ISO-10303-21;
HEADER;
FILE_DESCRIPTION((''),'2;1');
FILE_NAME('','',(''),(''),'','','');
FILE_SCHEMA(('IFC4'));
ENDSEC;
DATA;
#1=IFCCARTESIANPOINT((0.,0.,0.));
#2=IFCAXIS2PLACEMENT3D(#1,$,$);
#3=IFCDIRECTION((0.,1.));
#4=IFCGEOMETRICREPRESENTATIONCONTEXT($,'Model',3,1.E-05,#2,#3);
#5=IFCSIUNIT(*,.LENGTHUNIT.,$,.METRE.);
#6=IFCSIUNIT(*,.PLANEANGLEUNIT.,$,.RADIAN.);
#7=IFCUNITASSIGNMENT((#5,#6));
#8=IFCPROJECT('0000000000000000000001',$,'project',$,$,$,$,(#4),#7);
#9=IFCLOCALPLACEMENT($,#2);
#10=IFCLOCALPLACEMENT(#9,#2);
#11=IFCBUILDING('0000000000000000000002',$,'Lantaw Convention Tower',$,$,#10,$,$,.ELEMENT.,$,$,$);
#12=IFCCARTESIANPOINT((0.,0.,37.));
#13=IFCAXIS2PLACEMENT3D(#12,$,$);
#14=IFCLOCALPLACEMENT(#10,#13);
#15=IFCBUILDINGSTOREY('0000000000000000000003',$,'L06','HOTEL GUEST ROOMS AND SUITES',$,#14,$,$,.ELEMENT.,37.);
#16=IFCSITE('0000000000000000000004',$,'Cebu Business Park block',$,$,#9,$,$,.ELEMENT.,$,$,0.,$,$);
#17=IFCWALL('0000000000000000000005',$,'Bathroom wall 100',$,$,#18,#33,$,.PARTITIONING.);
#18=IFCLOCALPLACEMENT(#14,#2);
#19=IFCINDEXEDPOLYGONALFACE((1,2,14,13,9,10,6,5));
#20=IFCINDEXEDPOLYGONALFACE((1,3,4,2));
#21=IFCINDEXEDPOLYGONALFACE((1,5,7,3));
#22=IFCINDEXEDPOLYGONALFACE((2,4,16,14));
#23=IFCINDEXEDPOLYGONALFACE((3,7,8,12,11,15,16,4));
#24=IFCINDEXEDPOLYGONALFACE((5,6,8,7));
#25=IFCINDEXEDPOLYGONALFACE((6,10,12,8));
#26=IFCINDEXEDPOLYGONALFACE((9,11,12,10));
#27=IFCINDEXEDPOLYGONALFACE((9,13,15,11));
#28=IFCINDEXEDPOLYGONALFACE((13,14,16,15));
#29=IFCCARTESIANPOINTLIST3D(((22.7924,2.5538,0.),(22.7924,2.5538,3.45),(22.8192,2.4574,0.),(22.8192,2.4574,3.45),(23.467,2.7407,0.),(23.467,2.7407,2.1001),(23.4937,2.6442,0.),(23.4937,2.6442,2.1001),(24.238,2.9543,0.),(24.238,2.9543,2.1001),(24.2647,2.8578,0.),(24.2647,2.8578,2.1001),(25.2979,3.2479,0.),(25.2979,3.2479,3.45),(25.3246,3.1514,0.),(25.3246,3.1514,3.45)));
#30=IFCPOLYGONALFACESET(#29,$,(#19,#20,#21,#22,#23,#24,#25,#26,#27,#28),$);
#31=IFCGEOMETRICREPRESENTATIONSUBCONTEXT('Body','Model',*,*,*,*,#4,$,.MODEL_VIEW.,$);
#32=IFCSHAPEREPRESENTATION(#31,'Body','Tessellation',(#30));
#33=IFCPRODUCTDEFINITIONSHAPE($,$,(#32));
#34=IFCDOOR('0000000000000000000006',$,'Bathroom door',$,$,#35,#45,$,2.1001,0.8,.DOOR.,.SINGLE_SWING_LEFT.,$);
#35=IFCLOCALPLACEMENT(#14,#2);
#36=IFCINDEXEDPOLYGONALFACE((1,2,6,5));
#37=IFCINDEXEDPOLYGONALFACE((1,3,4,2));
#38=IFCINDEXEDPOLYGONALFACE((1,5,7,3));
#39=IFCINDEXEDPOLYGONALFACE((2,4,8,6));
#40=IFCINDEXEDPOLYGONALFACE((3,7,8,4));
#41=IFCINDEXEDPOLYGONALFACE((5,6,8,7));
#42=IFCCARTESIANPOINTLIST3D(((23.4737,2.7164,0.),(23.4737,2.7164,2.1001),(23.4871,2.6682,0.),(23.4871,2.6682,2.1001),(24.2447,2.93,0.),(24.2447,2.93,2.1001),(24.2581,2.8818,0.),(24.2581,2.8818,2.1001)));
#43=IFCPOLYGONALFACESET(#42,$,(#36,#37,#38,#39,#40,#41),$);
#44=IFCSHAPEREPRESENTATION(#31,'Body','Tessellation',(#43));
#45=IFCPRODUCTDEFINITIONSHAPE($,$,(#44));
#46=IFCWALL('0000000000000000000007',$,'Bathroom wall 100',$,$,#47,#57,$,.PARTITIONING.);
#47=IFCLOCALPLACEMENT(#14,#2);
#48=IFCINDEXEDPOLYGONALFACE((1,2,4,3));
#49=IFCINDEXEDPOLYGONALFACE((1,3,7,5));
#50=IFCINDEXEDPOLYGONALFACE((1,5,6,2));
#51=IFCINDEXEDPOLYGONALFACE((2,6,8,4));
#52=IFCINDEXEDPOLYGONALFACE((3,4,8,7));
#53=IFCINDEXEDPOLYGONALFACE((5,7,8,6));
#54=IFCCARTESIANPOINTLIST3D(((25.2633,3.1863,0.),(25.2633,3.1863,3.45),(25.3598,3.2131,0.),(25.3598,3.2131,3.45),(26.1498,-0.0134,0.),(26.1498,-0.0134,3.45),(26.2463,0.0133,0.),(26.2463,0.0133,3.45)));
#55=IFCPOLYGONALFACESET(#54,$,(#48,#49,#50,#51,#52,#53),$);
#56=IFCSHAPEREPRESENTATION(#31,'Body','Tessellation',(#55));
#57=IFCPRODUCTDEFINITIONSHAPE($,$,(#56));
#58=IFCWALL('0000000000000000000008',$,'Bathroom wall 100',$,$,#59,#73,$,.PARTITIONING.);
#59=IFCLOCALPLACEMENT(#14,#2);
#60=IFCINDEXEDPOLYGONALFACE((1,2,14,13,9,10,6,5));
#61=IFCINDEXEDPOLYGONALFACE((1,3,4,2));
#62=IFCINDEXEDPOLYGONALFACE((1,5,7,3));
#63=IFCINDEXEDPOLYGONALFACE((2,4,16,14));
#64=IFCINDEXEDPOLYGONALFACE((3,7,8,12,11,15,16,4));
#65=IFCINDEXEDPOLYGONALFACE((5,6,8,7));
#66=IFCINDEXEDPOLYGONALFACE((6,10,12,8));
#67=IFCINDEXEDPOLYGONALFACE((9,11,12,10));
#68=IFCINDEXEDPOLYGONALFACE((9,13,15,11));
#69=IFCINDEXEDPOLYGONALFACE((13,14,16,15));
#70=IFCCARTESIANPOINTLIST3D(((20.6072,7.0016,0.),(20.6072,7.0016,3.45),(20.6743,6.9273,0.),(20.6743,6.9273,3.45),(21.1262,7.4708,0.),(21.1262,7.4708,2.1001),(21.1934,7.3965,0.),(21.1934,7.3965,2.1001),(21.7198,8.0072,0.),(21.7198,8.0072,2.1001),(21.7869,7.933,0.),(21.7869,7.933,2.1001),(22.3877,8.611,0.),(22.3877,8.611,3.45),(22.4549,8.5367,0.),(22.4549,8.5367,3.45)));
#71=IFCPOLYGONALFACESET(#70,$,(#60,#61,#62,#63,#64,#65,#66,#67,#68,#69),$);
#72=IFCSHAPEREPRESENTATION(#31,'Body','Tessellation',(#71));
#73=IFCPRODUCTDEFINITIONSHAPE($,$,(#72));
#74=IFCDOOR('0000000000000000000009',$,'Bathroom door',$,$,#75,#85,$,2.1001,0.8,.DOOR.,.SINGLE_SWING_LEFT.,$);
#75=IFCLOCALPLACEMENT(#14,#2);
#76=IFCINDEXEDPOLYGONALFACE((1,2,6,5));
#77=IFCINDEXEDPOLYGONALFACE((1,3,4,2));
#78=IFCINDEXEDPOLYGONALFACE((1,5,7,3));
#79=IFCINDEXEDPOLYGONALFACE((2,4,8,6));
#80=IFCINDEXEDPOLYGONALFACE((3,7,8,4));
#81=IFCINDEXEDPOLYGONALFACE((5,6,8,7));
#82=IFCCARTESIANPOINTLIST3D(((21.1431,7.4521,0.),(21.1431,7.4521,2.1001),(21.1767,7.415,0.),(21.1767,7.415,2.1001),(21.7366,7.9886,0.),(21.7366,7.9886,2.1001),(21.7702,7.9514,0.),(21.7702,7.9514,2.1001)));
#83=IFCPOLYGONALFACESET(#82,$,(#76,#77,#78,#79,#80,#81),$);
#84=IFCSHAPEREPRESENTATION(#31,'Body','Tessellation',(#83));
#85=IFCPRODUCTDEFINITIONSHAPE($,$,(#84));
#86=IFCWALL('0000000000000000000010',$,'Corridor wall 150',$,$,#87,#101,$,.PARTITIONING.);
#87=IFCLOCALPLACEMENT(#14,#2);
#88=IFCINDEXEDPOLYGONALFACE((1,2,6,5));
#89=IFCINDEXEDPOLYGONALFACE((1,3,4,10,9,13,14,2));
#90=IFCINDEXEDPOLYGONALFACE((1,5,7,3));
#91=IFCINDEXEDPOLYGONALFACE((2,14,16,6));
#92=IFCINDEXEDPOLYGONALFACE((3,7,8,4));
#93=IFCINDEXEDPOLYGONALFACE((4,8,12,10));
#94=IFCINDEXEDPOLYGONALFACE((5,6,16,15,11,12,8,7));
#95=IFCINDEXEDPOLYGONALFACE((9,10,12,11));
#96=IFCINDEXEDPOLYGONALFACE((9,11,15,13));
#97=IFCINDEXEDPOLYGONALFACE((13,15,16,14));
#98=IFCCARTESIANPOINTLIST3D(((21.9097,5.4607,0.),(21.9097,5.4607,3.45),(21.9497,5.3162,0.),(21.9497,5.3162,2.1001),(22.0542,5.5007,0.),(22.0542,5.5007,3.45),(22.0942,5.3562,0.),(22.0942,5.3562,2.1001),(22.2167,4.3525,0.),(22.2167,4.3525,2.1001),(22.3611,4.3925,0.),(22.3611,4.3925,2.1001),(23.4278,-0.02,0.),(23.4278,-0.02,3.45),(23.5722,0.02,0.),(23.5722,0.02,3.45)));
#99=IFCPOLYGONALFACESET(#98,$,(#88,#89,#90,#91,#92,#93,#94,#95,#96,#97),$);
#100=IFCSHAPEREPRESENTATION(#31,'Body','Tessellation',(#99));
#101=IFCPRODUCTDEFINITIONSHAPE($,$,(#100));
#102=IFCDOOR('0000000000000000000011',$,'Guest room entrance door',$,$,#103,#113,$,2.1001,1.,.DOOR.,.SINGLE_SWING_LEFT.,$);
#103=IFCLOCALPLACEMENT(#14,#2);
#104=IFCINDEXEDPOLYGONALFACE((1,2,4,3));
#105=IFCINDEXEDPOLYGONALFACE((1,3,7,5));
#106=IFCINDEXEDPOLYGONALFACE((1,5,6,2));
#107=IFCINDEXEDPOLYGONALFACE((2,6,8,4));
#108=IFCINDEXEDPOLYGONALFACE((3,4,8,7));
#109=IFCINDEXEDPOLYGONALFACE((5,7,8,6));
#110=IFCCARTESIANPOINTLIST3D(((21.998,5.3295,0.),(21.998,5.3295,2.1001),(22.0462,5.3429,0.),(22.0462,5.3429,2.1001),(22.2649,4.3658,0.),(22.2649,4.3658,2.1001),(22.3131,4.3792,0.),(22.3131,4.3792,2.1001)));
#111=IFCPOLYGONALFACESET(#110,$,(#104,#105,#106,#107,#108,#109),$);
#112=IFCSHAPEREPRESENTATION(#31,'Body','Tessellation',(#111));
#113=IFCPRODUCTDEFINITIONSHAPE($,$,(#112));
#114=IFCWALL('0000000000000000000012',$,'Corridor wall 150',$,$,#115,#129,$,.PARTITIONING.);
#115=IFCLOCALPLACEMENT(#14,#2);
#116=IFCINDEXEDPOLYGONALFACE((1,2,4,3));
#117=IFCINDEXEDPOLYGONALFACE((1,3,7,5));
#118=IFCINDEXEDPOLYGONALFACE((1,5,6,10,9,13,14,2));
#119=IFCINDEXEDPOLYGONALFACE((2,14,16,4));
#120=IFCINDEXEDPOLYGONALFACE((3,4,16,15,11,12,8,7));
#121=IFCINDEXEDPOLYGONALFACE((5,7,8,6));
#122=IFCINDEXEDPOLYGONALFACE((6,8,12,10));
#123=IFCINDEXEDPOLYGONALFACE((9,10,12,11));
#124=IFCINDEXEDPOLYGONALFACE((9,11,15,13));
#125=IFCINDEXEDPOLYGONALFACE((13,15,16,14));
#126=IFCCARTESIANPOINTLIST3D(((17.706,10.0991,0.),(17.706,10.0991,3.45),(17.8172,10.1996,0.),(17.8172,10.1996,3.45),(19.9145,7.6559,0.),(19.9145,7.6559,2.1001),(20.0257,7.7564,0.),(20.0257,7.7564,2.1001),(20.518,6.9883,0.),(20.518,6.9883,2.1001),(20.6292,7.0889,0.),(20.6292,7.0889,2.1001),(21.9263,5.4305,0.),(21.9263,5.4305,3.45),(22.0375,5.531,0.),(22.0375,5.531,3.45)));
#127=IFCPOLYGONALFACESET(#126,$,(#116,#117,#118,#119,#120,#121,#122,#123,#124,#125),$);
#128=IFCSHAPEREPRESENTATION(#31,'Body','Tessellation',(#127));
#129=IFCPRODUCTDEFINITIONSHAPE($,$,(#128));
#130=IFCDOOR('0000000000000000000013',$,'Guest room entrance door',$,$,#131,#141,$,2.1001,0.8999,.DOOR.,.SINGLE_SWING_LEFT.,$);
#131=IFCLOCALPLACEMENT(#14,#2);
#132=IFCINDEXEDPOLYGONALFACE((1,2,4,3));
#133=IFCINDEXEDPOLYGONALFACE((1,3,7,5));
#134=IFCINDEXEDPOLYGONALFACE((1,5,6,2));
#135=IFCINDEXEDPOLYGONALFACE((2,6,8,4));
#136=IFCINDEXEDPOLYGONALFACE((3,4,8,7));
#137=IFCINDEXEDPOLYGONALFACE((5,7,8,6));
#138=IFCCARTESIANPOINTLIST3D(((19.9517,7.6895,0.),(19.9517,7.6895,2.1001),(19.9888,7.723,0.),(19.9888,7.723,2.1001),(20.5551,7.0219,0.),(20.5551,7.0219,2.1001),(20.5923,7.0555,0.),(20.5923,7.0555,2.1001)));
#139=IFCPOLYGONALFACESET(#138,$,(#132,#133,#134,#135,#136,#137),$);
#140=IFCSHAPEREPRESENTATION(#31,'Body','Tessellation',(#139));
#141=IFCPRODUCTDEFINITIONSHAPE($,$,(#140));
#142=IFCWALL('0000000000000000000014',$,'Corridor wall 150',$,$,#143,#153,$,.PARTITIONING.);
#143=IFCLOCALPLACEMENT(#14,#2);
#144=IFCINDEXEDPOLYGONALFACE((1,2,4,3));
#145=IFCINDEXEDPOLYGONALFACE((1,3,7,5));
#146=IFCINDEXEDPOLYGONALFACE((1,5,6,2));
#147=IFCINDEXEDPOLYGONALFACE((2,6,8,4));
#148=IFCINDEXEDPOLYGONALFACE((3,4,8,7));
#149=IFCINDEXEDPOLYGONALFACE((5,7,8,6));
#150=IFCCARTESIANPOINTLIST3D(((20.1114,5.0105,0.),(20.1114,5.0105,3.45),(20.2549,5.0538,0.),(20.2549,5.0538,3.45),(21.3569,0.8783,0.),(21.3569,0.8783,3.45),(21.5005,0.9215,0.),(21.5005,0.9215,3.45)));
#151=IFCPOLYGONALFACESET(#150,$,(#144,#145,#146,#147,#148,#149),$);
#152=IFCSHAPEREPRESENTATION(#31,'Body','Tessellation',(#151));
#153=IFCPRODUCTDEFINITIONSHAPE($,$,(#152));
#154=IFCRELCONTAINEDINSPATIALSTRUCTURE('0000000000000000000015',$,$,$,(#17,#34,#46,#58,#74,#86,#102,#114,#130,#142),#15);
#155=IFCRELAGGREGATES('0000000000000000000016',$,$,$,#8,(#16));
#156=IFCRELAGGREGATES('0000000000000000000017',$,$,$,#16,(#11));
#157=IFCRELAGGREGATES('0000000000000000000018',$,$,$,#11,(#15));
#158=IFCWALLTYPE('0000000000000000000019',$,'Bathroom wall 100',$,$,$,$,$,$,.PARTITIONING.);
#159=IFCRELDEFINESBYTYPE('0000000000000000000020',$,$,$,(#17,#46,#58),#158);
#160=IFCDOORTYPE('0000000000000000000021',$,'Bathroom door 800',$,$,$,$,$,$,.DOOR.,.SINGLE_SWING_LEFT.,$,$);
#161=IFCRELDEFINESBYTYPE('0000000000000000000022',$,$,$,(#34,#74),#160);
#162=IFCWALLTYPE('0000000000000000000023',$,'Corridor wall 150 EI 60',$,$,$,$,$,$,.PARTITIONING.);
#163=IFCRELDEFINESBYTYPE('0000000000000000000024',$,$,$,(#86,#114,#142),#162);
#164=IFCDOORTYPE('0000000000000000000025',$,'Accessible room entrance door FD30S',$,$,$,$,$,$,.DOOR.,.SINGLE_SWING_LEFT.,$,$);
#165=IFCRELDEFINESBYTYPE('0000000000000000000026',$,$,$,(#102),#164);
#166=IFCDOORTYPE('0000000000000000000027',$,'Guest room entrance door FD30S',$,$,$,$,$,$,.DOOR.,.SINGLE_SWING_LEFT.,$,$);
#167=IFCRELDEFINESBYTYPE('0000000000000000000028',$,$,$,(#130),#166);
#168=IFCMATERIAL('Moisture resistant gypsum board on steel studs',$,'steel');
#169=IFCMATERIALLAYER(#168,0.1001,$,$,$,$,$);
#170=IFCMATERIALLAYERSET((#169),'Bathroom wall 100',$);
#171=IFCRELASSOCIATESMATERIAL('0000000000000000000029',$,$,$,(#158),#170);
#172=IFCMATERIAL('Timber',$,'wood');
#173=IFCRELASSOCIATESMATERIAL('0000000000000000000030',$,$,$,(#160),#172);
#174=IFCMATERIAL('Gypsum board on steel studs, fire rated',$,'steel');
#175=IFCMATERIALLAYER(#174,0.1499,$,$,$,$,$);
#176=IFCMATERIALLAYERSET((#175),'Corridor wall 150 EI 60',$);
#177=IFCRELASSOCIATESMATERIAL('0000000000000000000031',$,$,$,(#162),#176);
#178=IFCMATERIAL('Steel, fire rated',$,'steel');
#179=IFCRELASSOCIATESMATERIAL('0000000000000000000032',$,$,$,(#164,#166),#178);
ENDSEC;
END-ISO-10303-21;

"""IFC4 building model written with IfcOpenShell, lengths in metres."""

from ifc_helpers import new_model, si_unit, direction, frame, frame_2d, origin, place, context, subcontext, project, spatial, rectangle, extrude, material, layer, layer_set, type_object, element, fill, save


model = new_model("IFC4")

# Units and contexts
model_context = context("Model", 3, precision=1e-05, world=origin(), true_north=direction((0.0, 1.0)))
body_context = subcontext(model_context, "Body", "Model", "MODEL_VIEW")
ifc_project = project(units=[si_unit("LENGTHUNIT", "METRE"), si_unit("PLANEANGLEUNIT", "RADIAN")], contexts=[model_context])

# Site, building, storey
site_placement = place(None, origin())
site = spatial("IfcSite", under=ifc_project, at=site_placement, Name="Cebu Business Park block", CompositionType="ELEMENT", RefElevation=0.0)
building_placement = place(site_placement, origin())
building = spatial("IfcBuilding", under=site, at=building_placement, Name="Lantaw Convention Tower", CompositionType="ELEMENT")
storey_placement = place(building_placement, frame((0.0, 0.0, 37.0)))
storey = spatial("IfcBuildingStorey", under=building, at=storey_placement, Name="L06", Description="HOTEL GUEST ROOMS AND SUITES", CompositionType="ELEMENT", Elevation=37.0)

# Wall, opening, door
ifc_material_1 = material(Name="Moisture resistant gypsum board on steel studs", Category="steel")
ifc_layer_1 = layer(ifc_material_1, 0.1001)
ifc_layer_set_1 = layer_set([ifc_layer_1], Name="Bathroom wall 100")
wall_type_1 = type_object("IfcWallType", Name="Bathroom wall 100", PredefinedType="PARTITIONING", material=ifc_layer_set_1)
wall_1_placement = place(storey_placement, frame((22.8059, 2.5056, 0.0), z_axis=(0.0, 0.0, 1.0), x_axis=(0.963707, 0.266961, 0.0)))
wall_1 = element("IfcWall", 1, at=wall_1_placement, inside=storey, type_object=wall_type_1, Name="Bathroom wall 100", PredefinedType="PARTITIONING", context=body_context, shape_type="SweptSolid", body=[
    extrude(rectangle(XDim=2.5999, YDim=0.1001, at=frame_2d((1.2998, 0.0))), origin(), (0.0, 0.0, 1.0), 3.45),
])
opening_1_placement = place(wall_1_placement, frame((0.7, 0.0, 0.0)))
opening_1 = element("IfcOpeningElement", 2, at=opening_1_placement, cuts=wall_1, PredefinedType="OPENING", context=body_context, shape_type="SweptSolid", body=[
    extrude(rectangle(XDim=0.8, YDim=2.1001, at=frame_2d((0.3999, 1.05))), frame((0.0, 0.0601, 0.0), z_axis=(0.0, -1.0, 0.0), x_axis=(1.0, 0.0, 0.0)), (0.0, 0.0, 1.0), 0.1201),
])
ifc_material_2 = material(Name="Timber", Category="wood")
door_type_1 = type_object("IfcDoorType", Name="Bathroom door 800", OperationType="SINGLE_SWING_LEFT", PredefinedType="DOOR", material=ifc_material_2)
door_1_placement = place(opening_1_placement, origin())
door_1 = element("IfcDoor", 3, at=door_1_placement, inside=storey, type_object=door_type_1, Name="Bathroom door", OperationType="SINGLE_SWING_LEFT", OverallHeight=2.1001, OverallWidth=0.8, PredefinedType="DOOR", context=body_context, shape_type="SweptSolid", body=[
    extrude(rectangle(XDim=0.8, YDim=2.1001, at=frame_2d((0.3999, 1.05))), frame((0.0, 0.0249, 0.0), z_axis=(0.0, -1.0, 0.0), x_axis=(1.0, 0.0, 0.0)), (0.0, 0.0, 1.0), 0.05),
])
fill(opening_1, door_1)

# Wall
wall_2_placement = place(storey_placement, frame((25.3115, 3.1997, 0.0), z_axis=(0.0, 0.0, 1.0), x_axis=(0.266992, -0.963699, 0.0)))
element("IfcWall", 4, at=wall_2_placement, inside=storey, type_object=wall_type_1, Name="Bathroom wall 100", PredefinedType="PARTITIONING", context=body_context, shape_type="SweptSolid", body=[
    extrude(rectangle(XDim=3.3203, YDim=0.1001, at=frame_2d((1.6602, 0.0))), origin(), (0.0, 0.0, 1.0), 3.45),
])

# Walls, openings, doors
wall_3_placement = place(storey_placement, frame((20.6406, 6.9644, 0.0), z_axis=(0.0, 0.0, 1.0), x_axis=(0.741861, 0.670554, 0.0)))
wall_3 = element("IfcWall", 5, at=wall_3_placement, inside=storey, type_object=wall_type_1, Name="Bathroom wall 100", PredefinedType="PARTITIONING", context=body_context, shape_type="SweptSolid", body=[
    extrude(rectangle(XDim=2.4001, YDim=0.1001, at=frame_2d((1.2002, 0.0))), origin(), (0.0, 0.0, 1.0), 3.45),
])
opening_2_placement = place(wall_3_placement, frame((0.7, 0.0, 0.0)))
opening_2 = element("IfcOpeningElement", 6, at=opening_2_placement, cuts=wall_3, PredefinedType="OPENING", context=body_context, shape_type="SweptSolid", body=[
    extrude(rectangle(XDim=0.8, YDim=2.1001, at=frame_2d((0.3999, 1.05))), frame((0.0, 0.0601, 0.0), z_axis=(0.0, -1.0, 0.0), x_axis=(1.0, 0.0, 0.0)), (0.0, 0.0, 1.0), 0.1201),
])
door_2_placement = place(opening_2_placement, origin())
door_2 = element("IfcDoor", 7, at=door_2_placement, inside=storey, type_object=door_type_1, Name="Bathroom door", OperationType="SINGLE_SWING_LEFT", OverallHeight=2.1001, OverallWidth=0.8, PredefinedType="DOOR", context=body_context, shape_type="SweptSolid", body=[
    extrude(rectangle(XDim=0.8, YDim=2.1001, at=frame_2d((0.3999, 1.05))), frame((0.0, 0.0249, 0.0), z_axis=(0.0, -1.0, 0.0), x_axis=(1.0, 0.0, 0.0)), (0.0, 0.0, 1.0), 0.05),
])
fill(opening_2, door_2)
ifc_material_3 = material(Name="Gypsum board on steel studs, fire rated", Category="steel")
ifc_layer_2 = layer(ifc_material_3, 0.1499)
ifc_layer_set_2 = layer_set([ifc_layer_2], Name="Corridor wall 150 EI 60")
wall_type_2 = type_object("IfcWallType", Name="Corridor wall 150 EI 60", PredefinedType="PARTITIONING", material=ifc_layer_set_2)
wall_4_placement = place(storey_placement, frame((23.5, 0.0, 0.0), z_axis=(0.0, 0.0, 1.0), x_axis=(-0.266933, 0.963715, 0.0)))
wall_4 = element("IfcWall", 8, at=wall_4_placement, inside=storey, type_object=wall_type_2, Name="Corridor wall 150", PredefinedType="PARTITIONING", context=body_context, shape_type="SweptSolid", body=[
    extrude(rectangle(XDim=5.687, YDim=0.1499, at=frame_2d((2.8435, 0.0))), origin(), (0.0, 0.0, 1.0), 3.45),
])
opening_3_placement = place(wall_4_placement, frame((4.5371, 0.0, 0.0)))
opening_3 = element("IfcOpeningElement", 9, at=opening_3_placement, cuts=wall_4, PredefinedType="OPENING", context=body_context, shape_type="SweptSolid", body=[
    extrude(rectangle(XDim=1.0, YDim=2.1001, at=frame_2d((0.5, 1.05))), frame((0.0, 0.085, 0.0), z_axis=(0.0, -1.0, 0.0), x_axis=(1.0, 0.0, 0.0)), (0.0, 0.0, 1.0), 0.1699),
])
ifc_material_4 = material(Name="Steel, fire rated", Category="steel")
door_type_2 = type_object("IfcDoorType", Name="Accessible room entrance door FD30S", OperationType="SINGLE_SWING_LEFT", PredefinedType="DOOR", material=ifc_material_4)
door_3_placement = place(opening_3_placement, origin())
door_3 = element("IfcDoor", 10, at=door_3_placement, inside=storey, type_object=door_type_2, Name="Guest room entrance door", OperationType="SINGLE_SWING_LEFT", OverallHeight=2.1001, OverallWidth=1.0, PredefinedType="DOOR", context=body_context, shape_type="SweptSolid", body=[
    extrude(rectangle(XDim=1.0, YDim=2.1001, at=frame_2d((0.5, 1.05))), frame((0.0, 0.0249, 0.0), z_axis=(0.0, -1.0, 0.0), x_axis=(1.0, 0.0, 0.0)), (0.0, 0.0, 1.0), 0.05),
])
fill(opening_3, door_3)
wall_5_placement = place(storey_placement, frame((21.9819, 5.4807, 0.0), z_axis=(0.0, 0.0, 1.0), x_axis=(-0.670598, 0.741821, 0.0)))
wall_5 = element("IfcWall", 11, at=wall_5_placement, inside=storey, type_object=wall_type_2, Name="Corridor wall 150", PredefinedType="PARTITIONING", context=body_context, shape_type="SweptSolid", body=[
    extrude(rectangle(XDim=6.2935, YDim=0.1499, at=frame_2d((3.1467, 0.0))), origin(), (0.0, 0.0, 1.0), 3.45),
])
opening_4_placement = place(wall_5_placement, frame((2.1001, 0.0, 0.0)))
opening_4 = element("IfcOpeningElement", 12, at=opening_4_placement, cuts=wall_5, PredefinedType="OPENING", context=body_context, shape_type="SweptSolid", body=[
    extrude(rectangle(XDim=0.8999, YDim=2.1001, at=frame_2d((0.45, 1.05))), frame((0.0, 0.085, 0.0), z_axis=(0.0, -1.0, 0.0), x_axis=(1.0, 0.0, 0.0)), (0.0, 0.0, 1.0), 0.1699),
])
door_type_3 = type_object("IfcDoorType", Name="Guest room entrance door FD30S", OperationType="SINGLE_SWING_LEFT", PredefinedType="DOOR", material=ifc_material_4)
door_4_placement = place(opening_4_placement, origin())
door_4 = element("IfcDoor", 13, at=door_4_placement, inside=storey, type_object=door_type_3, Name="Guest room entrance door", OperationType="SINGLE_SWING_LEFT", OverallHeight=2.1001, OverallWidth=0.8999, PredefinedType="DOOR", context=body_context, shape_type="SweptSolid", body=[
    extrude(rectangle(XDim=0.8999, YDim=2.1001, at=frame_2d((0.45, 1.05))), frame((0.0, 0.0249, 0.0), z_axis=(0.0, -1.0, 0.0), x_axis=(1.0, 0.0, 0.0)), (0.0, 0.0, 1.0), 0.05),
])
fill(opening_4, door_4)

# Wall
wall_6_placement = place(storey_placement, frame((21.4287, 0.8999, 0.0), z_axis=(0.0, 0.0, 1.0), x_axis=(-0.288604, 0.957449, 0.0)))
element("IfcWall", 14, at=wall_6_placement, inside=storey, type_object=wall_type_2, Name="Corridor wall 150", PredefinedType="PARTITIONING", context=body_context, shape_type="SweptSolid", body=[
    extrude(rectangle(XDim=4.3159, YDim=0.1499, at=frame_2d((2.158, 0.0))), origin(), (0.0, 0.0, 1.0), 3.45),
])

save(model, "model.ifc")
